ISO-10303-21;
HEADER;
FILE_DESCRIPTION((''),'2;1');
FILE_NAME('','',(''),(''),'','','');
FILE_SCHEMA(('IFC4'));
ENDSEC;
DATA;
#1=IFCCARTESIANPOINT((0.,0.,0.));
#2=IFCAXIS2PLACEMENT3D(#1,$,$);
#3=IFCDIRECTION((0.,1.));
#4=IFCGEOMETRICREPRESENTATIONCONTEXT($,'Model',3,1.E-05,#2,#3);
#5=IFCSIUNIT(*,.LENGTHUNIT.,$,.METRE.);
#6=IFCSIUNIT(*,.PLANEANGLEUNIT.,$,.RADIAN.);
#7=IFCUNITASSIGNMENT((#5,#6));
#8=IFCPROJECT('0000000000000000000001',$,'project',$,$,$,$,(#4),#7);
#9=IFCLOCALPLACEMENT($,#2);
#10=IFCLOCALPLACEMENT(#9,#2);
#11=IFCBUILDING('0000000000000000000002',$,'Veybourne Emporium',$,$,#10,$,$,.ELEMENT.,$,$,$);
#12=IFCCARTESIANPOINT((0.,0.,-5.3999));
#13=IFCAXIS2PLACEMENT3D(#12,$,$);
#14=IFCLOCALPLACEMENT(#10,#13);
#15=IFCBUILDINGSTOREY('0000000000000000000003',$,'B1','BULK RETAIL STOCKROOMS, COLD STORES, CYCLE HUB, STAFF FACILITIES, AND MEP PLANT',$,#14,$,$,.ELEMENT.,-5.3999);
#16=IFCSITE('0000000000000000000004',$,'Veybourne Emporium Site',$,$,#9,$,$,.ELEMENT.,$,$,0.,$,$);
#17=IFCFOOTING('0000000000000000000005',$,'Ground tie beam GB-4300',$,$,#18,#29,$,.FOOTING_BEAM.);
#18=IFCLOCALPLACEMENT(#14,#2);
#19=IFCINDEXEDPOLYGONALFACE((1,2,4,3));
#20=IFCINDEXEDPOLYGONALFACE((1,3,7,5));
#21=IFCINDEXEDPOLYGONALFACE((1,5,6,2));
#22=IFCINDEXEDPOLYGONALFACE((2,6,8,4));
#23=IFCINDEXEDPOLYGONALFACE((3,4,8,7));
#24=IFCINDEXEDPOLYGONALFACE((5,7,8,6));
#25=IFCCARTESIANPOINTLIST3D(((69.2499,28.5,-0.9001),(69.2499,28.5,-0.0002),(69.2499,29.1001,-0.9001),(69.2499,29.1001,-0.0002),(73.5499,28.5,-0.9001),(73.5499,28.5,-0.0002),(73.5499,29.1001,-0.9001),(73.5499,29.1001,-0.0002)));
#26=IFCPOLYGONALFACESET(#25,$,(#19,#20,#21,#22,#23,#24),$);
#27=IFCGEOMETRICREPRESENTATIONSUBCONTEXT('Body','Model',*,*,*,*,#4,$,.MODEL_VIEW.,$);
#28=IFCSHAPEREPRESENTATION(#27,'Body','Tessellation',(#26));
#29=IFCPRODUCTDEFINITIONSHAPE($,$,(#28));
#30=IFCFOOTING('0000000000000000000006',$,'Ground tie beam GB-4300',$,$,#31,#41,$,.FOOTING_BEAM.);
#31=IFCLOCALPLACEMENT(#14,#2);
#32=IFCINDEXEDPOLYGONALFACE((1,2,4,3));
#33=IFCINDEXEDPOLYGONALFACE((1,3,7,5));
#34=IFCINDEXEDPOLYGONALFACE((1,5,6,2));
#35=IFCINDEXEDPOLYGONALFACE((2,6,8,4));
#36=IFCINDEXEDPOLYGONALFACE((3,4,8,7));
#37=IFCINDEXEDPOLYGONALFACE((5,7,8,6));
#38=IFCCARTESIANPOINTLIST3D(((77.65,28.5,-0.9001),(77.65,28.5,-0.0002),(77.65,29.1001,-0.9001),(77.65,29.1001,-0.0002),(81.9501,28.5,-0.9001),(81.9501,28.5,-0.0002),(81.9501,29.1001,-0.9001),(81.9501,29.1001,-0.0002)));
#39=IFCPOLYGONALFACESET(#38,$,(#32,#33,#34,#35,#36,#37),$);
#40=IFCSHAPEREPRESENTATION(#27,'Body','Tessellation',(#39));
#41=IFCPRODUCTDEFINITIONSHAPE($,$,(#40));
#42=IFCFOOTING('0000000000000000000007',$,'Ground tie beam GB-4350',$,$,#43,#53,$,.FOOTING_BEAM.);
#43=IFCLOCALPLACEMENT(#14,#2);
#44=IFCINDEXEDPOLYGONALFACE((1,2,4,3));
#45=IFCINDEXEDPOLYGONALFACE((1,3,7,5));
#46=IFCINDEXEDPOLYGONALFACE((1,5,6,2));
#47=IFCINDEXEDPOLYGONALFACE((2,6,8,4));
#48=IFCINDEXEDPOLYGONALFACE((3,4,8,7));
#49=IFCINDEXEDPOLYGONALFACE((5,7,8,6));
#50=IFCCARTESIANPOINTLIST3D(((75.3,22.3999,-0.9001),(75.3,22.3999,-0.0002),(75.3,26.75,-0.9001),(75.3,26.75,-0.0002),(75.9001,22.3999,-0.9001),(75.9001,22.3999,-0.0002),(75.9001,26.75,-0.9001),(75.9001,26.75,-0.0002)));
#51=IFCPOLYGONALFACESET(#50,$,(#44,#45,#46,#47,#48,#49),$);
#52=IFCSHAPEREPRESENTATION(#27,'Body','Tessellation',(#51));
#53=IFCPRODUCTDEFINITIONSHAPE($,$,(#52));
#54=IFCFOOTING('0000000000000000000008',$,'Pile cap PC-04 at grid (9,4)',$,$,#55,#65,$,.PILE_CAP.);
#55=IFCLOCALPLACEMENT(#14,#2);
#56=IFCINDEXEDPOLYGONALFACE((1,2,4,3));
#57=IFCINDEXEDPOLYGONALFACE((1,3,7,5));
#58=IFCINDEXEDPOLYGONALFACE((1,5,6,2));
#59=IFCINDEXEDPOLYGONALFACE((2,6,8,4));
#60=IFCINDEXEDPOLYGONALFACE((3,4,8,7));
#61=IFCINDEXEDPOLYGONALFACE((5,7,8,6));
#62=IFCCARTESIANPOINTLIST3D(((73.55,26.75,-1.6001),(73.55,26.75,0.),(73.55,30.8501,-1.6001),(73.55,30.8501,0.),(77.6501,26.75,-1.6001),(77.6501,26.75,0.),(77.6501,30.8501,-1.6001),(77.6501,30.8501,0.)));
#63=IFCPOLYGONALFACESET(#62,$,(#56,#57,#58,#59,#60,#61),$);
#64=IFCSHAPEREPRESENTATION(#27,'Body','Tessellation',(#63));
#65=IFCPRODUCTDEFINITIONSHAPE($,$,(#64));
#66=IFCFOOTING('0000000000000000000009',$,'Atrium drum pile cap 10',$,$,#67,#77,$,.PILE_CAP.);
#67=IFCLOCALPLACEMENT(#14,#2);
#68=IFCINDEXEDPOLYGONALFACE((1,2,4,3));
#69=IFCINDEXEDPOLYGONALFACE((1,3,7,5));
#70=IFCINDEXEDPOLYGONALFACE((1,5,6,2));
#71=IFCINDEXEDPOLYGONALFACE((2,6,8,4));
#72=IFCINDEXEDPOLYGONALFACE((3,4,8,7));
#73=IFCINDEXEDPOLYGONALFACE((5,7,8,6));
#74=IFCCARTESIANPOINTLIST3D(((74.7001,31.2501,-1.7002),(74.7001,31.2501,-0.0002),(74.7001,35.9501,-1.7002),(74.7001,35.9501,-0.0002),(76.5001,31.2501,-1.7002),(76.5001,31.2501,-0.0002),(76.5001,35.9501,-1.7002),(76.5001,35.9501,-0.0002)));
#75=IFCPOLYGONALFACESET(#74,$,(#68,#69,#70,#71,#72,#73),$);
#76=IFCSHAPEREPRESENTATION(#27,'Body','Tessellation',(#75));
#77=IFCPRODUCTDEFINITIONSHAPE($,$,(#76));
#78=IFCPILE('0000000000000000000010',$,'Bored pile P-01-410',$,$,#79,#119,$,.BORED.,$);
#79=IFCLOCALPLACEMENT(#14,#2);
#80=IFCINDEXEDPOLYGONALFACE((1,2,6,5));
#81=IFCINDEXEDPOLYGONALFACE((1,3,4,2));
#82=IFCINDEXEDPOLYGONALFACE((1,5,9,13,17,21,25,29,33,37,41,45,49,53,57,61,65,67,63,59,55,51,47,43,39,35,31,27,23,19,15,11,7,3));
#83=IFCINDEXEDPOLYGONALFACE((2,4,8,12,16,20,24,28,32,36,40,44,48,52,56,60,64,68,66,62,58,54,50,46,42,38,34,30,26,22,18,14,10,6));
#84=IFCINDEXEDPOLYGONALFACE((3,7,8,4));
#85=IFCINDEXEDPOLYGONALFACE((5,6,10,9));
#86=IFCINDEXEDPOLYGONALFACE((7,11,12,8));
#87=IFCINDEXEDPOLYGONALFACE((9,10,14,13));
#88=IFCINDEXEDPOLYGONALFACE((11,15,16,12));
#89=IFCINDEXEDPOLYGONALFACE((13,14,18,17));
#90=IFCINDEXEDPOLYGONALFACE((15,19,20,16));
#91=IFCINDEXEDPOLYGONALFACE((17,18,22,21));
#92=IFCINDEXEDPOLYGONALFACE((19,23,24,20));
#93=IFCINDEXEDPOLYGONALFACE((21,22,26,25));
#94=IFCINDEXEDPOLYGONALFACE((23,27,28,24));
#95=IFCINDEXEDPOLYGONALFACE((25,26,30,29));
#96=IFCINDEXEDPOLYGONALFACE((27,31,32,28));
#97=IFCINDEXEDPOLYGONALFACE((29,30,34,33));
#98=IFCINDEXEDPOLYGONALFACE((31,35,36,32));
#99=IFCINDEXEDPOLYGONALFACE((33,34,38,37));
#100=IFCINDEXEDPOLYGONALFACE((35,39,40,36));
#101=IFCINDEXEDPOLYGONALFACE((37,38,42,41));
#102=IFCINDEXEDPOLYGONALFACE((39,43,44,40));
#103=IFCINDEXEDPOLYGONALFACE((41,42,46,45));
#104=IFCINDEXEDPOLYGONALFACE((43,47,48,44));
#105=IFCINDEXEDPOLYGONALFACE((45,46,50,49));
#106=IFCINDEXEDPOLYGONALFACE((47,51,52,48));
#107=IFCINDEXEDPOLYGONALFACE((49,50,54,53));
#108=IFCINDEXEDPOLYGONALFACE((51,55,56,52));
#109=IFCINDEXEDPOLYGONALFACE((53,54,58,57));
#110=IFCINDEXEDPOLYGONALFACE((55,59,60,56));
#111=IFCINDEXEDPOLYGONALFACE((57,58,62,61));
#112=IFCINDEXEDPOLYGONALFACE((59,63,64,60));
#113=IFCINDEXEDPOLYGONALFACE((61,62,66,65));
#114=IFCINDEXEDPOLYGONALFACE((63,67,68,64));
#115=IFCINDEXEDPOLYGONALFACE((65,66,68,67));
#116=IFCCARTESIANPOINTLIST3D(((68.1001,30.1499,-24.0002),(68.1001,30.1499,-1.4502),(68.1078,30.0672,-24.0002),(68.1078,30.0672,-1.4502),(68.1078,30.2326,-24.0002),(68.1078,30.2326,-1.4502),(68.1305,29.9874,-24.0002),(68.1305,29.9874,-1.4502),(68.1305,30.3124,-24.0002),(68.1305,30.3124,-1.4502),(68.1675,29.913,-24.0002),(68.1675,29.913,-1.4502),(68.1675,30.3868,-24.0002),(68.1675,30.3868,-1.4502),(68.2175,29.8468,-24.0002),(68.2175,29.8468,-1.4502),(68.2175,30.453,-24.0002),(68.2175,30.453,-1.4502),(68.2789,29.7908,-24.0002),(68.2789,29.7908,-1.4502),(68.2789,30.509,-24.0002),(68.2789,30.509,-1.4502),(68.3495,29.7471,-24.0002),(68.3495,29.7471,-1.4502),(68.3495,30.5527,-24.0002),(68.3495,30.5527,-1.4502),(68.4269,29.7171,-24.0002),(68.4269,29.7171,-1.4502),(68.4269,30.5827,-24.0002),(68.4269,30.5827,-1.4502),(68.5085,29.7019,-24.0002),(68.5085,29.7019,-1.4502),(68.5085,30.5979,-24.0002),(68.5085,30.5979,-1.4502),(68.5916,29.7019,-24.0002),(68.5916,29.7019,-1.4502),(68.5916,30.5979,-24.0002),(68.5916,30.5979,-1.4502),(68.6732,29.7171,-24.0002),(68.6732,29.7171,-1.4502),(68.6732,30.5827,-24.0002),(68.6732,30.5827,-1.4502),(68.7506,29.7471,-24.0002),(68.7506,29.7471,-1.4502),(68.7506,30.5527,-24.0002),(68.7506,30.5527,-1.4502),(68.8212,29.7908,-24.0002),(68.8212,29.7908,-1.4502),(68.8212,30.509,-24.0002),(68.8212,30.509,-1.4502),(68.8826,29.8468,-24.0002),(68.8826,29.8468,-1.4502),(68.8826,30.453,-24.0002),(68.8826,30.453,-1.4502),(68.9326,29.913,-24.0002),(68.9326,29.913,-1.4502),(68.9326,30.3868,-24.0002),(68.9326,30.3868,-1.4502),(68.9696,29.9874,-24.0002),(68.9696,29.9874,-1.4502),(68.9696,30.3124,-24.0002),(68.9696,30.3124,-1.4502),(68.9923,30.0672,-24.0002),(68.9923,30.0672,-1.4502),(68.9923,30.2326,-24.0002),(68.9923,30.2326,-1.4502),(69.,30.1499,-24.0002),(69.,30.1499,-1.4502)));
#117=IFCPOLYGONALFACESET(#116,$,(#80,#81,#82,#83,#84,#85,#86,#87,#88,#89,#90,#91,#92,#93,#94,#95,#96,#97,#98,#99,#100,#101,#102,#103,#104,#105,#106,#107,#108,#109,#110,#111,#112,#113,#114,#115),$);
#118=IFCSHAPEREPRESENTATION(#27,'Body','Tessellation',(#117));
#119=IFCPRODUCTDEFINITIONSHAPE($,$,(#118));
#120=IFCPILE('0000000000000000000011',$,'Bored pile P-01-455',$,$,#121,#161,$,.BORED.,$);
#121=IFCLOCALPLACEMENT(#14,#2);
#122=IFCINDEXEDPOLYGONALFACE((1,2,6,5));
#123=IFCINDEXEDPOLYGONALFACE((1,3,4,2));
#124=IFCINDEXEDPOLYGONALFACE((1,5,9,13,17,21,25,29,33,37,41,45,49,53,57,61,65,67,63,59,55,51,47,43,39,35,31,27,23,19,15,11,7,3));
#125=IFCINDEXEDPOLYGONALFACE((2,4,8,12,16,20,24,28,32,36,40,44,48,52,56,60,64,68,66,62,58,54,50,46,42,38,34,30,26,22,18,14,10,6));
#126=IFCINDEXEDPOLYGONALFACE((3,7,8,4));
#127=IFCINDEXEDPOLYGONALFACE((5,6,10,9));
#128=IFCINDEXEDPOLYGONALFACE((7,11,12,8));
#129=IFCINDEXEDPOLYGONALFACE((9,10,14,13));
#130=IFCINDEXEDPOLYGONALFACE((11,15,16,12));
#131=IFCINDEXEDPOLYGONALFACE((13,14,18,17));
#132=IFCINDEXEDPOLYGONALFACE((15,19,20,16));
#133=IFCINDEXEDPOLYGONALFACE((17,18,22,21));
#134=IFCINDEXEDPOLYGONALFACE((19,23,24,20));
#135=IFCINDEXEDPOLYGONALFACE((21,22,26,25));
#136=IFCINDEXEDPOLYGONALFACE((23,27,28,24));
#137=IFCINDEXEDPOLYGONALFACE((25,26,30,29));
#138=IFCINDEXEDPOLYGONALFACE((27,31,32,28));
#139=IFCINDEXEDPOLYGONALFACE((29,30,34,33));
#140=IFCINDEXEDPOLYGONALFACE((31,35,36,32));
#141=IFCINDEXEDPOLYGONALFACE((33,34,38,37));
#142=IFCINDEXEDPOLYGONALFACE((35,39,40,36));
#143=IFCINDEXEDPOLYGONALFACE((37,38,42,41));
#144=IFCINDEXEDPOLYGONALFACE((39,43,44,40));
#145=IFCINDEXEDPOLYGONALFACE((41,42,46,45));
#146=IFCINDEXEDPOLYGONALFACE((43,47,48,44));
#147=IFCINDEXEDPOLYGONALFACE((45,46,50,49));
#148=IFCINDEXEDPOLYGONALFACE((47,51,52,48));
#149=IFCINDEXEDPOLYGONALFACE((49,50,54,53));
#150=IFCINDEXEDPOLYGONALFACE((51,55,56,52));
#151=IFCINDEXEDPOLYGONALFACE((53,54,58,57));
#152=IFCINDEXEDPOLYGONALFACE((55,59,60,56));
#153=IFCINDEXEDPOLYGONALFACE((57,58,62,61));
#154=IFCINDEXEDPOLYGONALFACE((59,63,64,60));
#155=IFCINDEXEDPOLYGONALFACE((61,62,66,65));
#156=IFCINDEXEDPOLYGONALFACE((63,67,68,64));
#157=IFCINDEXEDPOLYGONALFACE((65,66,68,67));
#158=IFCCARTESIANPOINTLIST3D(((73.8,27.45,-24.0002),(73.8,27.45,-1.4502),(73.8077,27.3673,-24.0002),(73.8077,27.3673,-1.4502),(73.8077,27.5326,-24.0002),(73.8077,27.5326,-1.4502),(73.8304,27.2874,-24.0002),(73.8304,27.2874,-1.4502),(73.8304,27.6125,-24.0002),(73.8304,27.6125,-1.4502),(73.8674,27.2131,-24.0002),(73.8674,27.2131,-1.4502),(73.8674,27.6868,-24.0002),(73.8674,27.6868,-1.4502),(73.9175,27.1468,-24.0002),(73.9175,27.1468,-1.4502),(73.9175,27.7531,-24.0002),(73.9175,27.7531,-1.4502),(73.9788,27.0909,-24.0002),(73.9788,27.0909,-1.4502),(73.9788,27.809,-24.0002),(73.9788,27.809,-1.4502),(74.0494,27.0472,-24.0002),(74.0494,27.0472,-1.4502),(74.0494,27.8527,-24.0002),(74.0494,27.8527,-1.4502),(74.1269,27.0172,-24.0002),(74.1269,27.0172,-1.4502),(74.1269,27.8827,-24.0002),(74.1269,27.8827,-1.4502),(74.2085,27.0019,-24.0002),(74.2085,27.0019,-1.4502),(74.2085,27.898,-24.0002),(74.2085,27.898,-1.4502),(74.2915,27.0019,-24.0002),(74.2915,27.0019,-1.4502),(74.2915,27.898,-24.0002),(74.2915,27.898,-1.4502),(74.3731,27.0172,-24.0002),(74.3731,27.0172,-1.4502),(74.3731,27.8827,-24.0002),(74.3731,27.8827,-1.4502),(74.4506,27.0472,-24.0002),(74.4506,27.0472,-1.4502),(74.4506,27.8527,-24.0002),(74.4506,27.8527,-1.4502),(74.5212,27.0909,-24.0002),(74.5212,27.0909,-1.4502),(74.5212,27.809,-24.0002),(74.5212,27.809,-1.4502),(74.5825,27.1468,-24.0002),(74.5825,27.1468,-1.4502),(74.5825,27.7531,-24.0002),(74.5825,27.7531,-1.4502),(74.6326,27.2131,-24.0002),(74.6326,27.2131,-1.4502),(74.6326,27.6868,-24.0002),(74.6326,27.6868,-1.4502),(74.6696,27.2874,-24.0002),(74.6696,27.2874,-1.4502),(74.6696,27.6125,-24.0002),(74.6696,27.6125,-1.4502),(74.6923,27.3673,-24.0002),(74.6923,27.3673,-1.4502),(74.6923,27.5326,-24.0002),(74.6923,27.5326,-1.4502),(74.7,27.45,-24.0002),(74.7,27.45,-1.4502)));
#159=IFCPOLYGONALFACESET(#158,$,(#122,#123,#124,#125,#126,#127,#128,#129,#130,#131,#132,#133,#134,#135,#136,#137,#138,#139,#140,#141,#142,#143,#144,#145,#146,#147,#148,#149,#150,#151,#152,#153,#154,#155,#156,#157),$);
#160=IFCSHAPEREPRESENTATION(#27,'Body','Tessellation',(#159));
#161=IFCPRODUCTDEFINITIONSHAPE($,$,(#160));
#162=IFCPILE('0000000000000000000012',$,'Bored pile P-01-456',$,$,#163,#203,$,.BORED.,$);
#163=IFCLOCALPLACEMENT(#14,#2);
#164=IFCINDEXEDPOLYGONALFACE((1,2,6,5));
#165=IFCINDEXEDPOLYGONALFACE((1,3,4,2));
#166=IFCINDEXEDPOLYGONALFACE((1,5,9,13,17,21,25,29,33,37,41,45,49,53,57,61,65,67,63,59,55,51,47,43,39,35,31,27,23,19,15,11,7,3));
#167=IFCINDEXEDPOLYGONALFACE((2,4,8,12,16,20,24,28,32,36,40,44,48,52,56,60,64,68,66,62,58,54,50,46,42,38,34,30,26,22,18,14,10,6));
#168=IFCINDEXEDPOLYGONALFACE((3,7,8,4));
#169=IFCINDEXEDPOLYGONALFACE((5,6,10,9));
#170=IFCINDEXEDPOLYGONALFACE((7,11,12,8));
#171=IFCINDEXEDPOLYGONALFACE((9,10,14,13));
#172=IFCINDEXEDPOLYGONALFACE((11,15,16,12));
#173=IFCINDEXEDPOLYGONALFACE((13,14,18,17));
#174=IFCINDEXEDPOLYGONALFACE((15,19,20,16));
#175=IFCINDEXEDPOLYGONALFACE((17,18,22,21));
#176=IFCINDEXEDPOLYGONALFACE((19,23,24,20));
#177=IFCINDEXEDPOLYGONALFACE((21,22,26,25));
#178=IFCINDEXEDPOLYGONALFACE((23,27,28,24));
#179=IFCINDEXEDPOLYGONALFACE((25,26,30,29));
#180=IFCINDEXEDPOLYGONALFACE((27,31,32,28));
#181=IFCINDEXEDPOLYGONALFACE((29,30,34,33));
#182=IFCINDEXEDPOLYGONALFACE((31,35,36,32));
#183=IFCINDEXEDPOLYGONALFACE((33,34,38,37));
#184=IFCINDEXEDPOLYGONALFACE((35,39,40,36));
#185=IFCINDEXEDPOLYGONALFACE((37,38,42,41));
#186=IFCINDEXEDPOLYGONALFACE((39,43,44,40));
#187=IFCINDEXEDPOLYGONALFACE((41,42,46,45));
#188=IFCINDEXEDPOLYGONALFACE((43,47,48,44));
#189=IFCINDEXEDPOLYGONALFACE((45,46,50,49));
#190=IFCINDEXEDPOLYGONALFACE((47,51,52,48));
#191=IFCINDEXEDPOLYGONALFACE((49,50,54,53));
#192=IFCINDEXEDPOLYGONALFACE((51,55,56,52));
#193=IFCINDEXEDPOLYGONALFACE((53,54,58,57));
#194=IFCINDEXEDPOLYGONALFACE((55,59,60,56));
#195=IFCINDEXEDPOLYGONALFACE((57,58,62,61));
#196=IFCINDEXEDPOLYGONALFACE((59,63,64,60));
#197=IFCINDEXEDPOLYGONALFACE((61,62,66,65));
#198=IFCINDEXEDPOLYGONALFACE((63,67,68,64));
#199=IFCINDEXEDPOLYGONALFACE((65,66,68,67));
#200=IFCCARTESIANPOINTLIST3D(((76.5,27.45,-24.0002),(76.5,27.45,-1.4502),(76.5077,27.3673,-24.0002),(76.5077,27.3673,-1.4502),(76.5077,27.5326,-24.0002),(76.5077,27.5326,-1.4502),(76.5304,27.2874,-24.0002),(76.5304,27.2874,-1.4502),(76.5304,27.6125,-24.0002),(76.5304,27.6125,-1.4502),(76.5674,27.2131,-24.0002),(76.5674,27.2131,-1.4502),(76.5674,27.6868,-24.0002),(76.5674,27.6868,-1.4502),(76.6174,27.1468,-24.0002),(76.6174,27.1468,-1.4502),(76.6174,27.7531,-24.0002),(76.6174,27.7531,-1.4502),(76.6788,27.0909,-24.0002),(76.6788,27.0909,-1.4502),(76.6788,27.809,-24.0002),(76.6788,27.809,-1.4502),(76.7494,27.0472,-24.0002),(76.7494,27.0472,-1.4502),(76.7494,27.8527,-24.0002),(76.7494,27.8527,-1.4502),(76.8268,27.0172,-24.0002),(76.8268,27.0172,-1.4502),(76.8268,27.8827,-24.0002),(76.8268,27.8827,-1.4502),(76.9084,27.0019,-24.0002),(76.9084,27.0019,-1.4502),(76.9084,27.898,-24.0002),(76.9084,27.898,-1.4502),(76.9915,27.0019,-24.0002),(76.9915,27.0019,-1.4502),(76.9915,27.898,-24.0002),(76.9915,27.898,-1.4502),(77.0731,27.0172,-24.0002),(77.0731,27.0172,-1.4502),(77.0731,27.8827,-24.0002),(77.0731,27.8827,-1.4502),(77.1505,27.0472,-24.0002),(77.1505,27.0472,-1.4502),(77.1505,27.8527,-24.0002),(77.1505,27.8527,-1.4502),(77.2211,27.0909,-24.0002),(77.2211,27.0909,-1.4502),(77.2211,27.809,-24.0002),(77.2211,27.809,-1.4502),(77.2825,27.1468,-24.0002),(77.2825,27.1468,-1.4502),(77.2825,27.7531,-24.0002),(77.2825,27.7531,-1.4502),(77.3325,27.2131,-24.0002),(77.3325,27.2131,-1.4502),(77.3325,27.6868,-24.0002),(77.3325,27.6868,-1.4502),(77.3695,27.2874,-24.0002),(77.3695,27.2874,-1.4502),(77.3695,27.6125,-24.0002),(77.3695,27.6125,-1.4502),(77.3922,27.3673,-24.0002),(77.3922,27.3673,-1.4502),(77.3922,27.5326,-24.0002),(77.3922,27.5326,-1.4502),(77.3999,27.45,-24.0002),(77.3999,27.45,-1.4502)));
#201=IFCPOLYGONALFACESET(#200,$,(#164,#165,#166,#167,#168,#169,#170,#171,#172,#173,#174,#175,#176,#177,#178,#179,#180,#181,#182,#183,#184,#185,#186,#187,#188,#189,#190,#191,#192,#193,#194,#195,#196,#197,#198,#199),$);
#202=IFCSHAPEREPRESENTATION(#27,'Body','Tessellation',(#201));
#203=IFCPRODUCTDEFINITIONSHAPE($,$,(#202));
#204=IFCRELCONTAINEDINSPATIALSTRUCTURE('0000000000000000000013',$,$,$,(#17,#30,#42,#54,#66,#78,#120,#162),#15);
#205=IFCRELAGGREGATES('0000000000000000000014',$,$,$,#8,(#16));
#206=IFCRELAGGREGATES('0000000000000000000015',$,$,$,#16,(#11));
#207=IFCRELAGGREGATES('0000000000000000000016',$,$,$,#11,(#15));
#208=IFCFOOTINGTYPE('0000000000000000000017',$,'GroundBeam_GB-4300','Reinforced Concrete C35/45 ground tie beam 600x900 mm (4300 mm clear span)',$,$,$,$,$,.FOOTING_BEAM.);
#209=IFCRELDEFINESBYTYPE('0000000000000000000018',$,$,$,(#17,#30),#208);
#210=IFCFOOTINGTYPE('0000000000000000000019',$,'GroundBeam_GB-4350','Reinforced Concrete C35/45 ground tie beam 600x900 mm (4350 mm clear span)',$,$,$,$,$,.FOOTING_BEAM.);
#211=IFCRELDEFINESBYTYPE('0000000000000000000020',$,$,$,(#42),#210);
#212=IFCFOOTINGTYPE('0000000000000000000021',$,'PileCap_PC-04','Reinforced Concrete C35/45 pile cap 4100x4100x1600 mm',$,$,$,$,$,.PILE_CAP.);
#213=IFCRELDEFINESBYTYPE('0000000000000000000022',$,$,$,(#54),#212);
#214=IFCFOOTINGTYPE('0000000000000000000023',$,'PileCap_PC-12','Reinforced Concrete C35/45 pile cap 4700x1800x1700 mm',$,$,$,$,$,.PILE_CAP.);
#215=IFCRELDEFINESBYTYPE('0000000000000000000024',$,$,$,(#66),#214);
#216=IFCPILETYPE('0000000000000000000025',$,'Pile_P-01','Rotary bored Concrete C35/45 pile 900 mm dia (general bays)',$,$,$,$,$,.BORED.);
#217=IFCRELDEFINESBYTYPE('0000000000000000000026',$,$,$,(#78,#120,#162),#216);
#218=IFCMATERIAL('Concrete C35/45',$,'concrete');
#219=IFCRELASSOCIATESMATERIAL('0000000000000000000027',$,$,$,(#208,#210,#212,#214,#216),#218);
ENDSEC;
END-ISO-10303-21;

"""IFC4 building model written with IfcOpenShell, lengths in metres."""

from ifc_helpers import new_model, si_unit, direction, frame, origin, origin_2d, place, context, subcontext, project, spatial, rectangle, circle, extrude, material, material_profile, profile_set, type_object, element, save


model = new_model("IFC4")

# Units and contexts
model_context = context("Model", 3, precision=1e-05, world=origin(), true_north=direction((0.0, 1.0)))
body_context = subcontext(model_context, "Body", "Model", "MODEL_VIEW")
ifc_project = project(units=[si_unit("LENGTHUNIT", "METRE"), si_unit("PLANEANGLEUNIT", "RADIAN")], contexts=[model_context])

# Site, building, storey
site_placement = place(None, origin())
site = spatial("IfcSite", under=ifc_project, at=site_placement, Name="Veybourne Emporium Site", CompositionType="ELEMENT", RefElevation=0.0)
building_placement = place(site_placement, origin())
building = spatial("IfcBuilding", under=site, at=building_placement, Name="Veybourne Emporium", CompositionType="ELEMENT")
storey_placement = place(building_placement, frame((0.0, 0.0, -5.3999)))
storey = spatial("IfcBuildingStorey", under=building, at=storey_placement, Name="B1", Description="BULK RETAIL STOCKROOMS, COLD STORES, CYCLE HUB, STAFF FACILITIES, AND MEP PLANT", CompositionType="ELEMENT", Elevation=-5.3999)

# Footings
ifc_material_1 = material(Name="Concrete C35/45", Category="concrete")
footing_type_1 = type_object("IfcFootingType", Name="GroundBeam_GB-4300", Description="Reinforced Concrete C35/45 ground tie beam 600x900 mm (4300 mm clear span)", PredefinedType="FOOTING_BEAM", material=ifc_material_1)
for number, where, z_axis, x_axis, name in (
    (1, (71.3999, 28.8, -0.9001), (0.0, 0.0, 1.0), (1.0, 0.0, 0.0), "Ground tie beam GB-4300"),
    (2, (79.8, 28.8, -0.9001), (0.0, 0.0, 1.0), (1.0, 0.0, 0.0), "Ground tie beam GB-4300"),
):
    element("IfcFooting", number, at=place(storey_placement, frame(where, z_axis=z_axis, x_axis=x_axis)), inside=storey, type_object=footing_type_1, Name=name, PredefinedType="FOOTING_BEAM", context=body_context, shape_type="SweptSolid", body=[
        extrude(rectangle(XDim=4.3, YDim=0.6001, at=origin_2d()), origin(), (0.0, 0.0, 1.0), 0.8999),
    ])
footing_type_2 = type_object("IfcFootingType", Name="GroundBeam_GB-4350", Description="Reinforced Concrete C35/45 ground tie beam 600x900 mm (4350 mm clear span)", PredefinedType="FOOTING_BEAM", material=ifc_material_1)
footing_1_placement = place(storey_placement, frame((75.6001, 24.575, -0.9001), z_axis=(0.0, 0.0, 1.0), x_axis=(0.0, 1.0, 0.0)))
element("IfcFooting", 3, at=footing_1_placement, inside=storey, type_object=footing_type_2, Name="Ground tie beam GB-4350", PredefinedType="FOOTING_BEAM", context=body_context, shape_type="SweptSolid", body=[
    extrude(rectangle(XDim=4.3501, YDim=0.6001, at=origin_2d()), origin(), (0.0, 0.0, 1.0), 0.8999),
])
footing_type_3 = type_object("IfcFootingType", Name="PileCap_PC-04", Description="Reinforced Concrete C35/45 pile cap 4100x4100x1600 mm", PredefinedType="PILE_CAP", material=ifc_material_1)
footing_2_placement = place(storey_placement, frame((75.6001, 28.8, -1.6001), z_axis=(0.0, 0.0, 1.0), x_axis=(1.0, 0.0, 0.0)))
element("IfcFooting", 4, at=footing_2_placement, inside=storey, type_object=footing_type_3, Name="Pile cap PC-04 at grid (9,4)", PredefinedType="PILE_CAP", context=body_context, shape_type="SweptSolid", body=[
    extrude(rectangle(XDim=4.1001, YDim=4.1001, at=origin_2d()), origin(), (0.0, 0.0, 1.0), 1.6001),
])
footing_type_4 = type_object("IfcFootingType", Name="PileCap_PC-12", Description="Reinforced Concrete C35/45 pile cap 4700x1800x1700 mm", PredefinedType="PILE_CAP", material=ifc_material_1)
footing_3_placement = place(storey_placement, frame((75.6001, 33.6001, -1.7002), z_axis=(0.0, 0.0, 1.0), x_axis=(0.0, -1.0, 0.0)))
element("IfcFooting", 5, at=footing_3_placement, inside=storey, type_object=footing_type_4, Name="Atrium drum pile cap 10", PredefinedType="PILE_CAP", context=body_context, shape_type="SweptSolid", body=[
    extrude(rectangle(XDim=4.7, YDim=1.8, at=origin_2d()), origin(), (0.0, 0.0, 1.0), 1.7),
])

# Piles
ifc_material_profile_1 = material_profile(ifc_material_1, circle(Radius=0.45, at=origin_2d()), Name="BORED PILE 900")
ifc_profile_set_1 = profile_set([ifc_material_profile_1], Name="Concrete C35/45")
pile_type_1 = type_object("IfcPileType", Name="Pile_P-01", Description="Rotary bored Concrete C35/45 pile 900 mm dia (general bays)", PredefinedType="BORED", material=ifc_profile_set_1)
for number, where, z_axis, x_axis, name in (
    (6, (68.55, 30.1499, -1.4502), (0.0, 0.0, -1.0), (1.0, 0.0, 0.0), "Bored pile P-01-410"),
    (7, (74.25, 27.45, -1.4502), (0.0, 0.0, -1.0), (1.0, 0.0, 0.0), "Bored pile P-01-455"),
    (8, (76.95, 27.45, -1.4502), (0.0, 0.0, -1.0), (1.0, 0.0, 0.0), "Bored pile P-01-456"),
):
    element("IfcPile", number, at=place(storey_placement, frame(where, z_axis=z_axis, x_axis=x_axis)), inside=storey, type_object=pile_type_1, Name=name, PredefinedType="BORED", context=body_context, shape_type="SweptSolid", body=[
        extrude(circle(Radius=0.45, at=origin_2d()), origin(), (0.0, 0.0, 1.0), 22.55),
    ])

save(model, "model.ifc")
